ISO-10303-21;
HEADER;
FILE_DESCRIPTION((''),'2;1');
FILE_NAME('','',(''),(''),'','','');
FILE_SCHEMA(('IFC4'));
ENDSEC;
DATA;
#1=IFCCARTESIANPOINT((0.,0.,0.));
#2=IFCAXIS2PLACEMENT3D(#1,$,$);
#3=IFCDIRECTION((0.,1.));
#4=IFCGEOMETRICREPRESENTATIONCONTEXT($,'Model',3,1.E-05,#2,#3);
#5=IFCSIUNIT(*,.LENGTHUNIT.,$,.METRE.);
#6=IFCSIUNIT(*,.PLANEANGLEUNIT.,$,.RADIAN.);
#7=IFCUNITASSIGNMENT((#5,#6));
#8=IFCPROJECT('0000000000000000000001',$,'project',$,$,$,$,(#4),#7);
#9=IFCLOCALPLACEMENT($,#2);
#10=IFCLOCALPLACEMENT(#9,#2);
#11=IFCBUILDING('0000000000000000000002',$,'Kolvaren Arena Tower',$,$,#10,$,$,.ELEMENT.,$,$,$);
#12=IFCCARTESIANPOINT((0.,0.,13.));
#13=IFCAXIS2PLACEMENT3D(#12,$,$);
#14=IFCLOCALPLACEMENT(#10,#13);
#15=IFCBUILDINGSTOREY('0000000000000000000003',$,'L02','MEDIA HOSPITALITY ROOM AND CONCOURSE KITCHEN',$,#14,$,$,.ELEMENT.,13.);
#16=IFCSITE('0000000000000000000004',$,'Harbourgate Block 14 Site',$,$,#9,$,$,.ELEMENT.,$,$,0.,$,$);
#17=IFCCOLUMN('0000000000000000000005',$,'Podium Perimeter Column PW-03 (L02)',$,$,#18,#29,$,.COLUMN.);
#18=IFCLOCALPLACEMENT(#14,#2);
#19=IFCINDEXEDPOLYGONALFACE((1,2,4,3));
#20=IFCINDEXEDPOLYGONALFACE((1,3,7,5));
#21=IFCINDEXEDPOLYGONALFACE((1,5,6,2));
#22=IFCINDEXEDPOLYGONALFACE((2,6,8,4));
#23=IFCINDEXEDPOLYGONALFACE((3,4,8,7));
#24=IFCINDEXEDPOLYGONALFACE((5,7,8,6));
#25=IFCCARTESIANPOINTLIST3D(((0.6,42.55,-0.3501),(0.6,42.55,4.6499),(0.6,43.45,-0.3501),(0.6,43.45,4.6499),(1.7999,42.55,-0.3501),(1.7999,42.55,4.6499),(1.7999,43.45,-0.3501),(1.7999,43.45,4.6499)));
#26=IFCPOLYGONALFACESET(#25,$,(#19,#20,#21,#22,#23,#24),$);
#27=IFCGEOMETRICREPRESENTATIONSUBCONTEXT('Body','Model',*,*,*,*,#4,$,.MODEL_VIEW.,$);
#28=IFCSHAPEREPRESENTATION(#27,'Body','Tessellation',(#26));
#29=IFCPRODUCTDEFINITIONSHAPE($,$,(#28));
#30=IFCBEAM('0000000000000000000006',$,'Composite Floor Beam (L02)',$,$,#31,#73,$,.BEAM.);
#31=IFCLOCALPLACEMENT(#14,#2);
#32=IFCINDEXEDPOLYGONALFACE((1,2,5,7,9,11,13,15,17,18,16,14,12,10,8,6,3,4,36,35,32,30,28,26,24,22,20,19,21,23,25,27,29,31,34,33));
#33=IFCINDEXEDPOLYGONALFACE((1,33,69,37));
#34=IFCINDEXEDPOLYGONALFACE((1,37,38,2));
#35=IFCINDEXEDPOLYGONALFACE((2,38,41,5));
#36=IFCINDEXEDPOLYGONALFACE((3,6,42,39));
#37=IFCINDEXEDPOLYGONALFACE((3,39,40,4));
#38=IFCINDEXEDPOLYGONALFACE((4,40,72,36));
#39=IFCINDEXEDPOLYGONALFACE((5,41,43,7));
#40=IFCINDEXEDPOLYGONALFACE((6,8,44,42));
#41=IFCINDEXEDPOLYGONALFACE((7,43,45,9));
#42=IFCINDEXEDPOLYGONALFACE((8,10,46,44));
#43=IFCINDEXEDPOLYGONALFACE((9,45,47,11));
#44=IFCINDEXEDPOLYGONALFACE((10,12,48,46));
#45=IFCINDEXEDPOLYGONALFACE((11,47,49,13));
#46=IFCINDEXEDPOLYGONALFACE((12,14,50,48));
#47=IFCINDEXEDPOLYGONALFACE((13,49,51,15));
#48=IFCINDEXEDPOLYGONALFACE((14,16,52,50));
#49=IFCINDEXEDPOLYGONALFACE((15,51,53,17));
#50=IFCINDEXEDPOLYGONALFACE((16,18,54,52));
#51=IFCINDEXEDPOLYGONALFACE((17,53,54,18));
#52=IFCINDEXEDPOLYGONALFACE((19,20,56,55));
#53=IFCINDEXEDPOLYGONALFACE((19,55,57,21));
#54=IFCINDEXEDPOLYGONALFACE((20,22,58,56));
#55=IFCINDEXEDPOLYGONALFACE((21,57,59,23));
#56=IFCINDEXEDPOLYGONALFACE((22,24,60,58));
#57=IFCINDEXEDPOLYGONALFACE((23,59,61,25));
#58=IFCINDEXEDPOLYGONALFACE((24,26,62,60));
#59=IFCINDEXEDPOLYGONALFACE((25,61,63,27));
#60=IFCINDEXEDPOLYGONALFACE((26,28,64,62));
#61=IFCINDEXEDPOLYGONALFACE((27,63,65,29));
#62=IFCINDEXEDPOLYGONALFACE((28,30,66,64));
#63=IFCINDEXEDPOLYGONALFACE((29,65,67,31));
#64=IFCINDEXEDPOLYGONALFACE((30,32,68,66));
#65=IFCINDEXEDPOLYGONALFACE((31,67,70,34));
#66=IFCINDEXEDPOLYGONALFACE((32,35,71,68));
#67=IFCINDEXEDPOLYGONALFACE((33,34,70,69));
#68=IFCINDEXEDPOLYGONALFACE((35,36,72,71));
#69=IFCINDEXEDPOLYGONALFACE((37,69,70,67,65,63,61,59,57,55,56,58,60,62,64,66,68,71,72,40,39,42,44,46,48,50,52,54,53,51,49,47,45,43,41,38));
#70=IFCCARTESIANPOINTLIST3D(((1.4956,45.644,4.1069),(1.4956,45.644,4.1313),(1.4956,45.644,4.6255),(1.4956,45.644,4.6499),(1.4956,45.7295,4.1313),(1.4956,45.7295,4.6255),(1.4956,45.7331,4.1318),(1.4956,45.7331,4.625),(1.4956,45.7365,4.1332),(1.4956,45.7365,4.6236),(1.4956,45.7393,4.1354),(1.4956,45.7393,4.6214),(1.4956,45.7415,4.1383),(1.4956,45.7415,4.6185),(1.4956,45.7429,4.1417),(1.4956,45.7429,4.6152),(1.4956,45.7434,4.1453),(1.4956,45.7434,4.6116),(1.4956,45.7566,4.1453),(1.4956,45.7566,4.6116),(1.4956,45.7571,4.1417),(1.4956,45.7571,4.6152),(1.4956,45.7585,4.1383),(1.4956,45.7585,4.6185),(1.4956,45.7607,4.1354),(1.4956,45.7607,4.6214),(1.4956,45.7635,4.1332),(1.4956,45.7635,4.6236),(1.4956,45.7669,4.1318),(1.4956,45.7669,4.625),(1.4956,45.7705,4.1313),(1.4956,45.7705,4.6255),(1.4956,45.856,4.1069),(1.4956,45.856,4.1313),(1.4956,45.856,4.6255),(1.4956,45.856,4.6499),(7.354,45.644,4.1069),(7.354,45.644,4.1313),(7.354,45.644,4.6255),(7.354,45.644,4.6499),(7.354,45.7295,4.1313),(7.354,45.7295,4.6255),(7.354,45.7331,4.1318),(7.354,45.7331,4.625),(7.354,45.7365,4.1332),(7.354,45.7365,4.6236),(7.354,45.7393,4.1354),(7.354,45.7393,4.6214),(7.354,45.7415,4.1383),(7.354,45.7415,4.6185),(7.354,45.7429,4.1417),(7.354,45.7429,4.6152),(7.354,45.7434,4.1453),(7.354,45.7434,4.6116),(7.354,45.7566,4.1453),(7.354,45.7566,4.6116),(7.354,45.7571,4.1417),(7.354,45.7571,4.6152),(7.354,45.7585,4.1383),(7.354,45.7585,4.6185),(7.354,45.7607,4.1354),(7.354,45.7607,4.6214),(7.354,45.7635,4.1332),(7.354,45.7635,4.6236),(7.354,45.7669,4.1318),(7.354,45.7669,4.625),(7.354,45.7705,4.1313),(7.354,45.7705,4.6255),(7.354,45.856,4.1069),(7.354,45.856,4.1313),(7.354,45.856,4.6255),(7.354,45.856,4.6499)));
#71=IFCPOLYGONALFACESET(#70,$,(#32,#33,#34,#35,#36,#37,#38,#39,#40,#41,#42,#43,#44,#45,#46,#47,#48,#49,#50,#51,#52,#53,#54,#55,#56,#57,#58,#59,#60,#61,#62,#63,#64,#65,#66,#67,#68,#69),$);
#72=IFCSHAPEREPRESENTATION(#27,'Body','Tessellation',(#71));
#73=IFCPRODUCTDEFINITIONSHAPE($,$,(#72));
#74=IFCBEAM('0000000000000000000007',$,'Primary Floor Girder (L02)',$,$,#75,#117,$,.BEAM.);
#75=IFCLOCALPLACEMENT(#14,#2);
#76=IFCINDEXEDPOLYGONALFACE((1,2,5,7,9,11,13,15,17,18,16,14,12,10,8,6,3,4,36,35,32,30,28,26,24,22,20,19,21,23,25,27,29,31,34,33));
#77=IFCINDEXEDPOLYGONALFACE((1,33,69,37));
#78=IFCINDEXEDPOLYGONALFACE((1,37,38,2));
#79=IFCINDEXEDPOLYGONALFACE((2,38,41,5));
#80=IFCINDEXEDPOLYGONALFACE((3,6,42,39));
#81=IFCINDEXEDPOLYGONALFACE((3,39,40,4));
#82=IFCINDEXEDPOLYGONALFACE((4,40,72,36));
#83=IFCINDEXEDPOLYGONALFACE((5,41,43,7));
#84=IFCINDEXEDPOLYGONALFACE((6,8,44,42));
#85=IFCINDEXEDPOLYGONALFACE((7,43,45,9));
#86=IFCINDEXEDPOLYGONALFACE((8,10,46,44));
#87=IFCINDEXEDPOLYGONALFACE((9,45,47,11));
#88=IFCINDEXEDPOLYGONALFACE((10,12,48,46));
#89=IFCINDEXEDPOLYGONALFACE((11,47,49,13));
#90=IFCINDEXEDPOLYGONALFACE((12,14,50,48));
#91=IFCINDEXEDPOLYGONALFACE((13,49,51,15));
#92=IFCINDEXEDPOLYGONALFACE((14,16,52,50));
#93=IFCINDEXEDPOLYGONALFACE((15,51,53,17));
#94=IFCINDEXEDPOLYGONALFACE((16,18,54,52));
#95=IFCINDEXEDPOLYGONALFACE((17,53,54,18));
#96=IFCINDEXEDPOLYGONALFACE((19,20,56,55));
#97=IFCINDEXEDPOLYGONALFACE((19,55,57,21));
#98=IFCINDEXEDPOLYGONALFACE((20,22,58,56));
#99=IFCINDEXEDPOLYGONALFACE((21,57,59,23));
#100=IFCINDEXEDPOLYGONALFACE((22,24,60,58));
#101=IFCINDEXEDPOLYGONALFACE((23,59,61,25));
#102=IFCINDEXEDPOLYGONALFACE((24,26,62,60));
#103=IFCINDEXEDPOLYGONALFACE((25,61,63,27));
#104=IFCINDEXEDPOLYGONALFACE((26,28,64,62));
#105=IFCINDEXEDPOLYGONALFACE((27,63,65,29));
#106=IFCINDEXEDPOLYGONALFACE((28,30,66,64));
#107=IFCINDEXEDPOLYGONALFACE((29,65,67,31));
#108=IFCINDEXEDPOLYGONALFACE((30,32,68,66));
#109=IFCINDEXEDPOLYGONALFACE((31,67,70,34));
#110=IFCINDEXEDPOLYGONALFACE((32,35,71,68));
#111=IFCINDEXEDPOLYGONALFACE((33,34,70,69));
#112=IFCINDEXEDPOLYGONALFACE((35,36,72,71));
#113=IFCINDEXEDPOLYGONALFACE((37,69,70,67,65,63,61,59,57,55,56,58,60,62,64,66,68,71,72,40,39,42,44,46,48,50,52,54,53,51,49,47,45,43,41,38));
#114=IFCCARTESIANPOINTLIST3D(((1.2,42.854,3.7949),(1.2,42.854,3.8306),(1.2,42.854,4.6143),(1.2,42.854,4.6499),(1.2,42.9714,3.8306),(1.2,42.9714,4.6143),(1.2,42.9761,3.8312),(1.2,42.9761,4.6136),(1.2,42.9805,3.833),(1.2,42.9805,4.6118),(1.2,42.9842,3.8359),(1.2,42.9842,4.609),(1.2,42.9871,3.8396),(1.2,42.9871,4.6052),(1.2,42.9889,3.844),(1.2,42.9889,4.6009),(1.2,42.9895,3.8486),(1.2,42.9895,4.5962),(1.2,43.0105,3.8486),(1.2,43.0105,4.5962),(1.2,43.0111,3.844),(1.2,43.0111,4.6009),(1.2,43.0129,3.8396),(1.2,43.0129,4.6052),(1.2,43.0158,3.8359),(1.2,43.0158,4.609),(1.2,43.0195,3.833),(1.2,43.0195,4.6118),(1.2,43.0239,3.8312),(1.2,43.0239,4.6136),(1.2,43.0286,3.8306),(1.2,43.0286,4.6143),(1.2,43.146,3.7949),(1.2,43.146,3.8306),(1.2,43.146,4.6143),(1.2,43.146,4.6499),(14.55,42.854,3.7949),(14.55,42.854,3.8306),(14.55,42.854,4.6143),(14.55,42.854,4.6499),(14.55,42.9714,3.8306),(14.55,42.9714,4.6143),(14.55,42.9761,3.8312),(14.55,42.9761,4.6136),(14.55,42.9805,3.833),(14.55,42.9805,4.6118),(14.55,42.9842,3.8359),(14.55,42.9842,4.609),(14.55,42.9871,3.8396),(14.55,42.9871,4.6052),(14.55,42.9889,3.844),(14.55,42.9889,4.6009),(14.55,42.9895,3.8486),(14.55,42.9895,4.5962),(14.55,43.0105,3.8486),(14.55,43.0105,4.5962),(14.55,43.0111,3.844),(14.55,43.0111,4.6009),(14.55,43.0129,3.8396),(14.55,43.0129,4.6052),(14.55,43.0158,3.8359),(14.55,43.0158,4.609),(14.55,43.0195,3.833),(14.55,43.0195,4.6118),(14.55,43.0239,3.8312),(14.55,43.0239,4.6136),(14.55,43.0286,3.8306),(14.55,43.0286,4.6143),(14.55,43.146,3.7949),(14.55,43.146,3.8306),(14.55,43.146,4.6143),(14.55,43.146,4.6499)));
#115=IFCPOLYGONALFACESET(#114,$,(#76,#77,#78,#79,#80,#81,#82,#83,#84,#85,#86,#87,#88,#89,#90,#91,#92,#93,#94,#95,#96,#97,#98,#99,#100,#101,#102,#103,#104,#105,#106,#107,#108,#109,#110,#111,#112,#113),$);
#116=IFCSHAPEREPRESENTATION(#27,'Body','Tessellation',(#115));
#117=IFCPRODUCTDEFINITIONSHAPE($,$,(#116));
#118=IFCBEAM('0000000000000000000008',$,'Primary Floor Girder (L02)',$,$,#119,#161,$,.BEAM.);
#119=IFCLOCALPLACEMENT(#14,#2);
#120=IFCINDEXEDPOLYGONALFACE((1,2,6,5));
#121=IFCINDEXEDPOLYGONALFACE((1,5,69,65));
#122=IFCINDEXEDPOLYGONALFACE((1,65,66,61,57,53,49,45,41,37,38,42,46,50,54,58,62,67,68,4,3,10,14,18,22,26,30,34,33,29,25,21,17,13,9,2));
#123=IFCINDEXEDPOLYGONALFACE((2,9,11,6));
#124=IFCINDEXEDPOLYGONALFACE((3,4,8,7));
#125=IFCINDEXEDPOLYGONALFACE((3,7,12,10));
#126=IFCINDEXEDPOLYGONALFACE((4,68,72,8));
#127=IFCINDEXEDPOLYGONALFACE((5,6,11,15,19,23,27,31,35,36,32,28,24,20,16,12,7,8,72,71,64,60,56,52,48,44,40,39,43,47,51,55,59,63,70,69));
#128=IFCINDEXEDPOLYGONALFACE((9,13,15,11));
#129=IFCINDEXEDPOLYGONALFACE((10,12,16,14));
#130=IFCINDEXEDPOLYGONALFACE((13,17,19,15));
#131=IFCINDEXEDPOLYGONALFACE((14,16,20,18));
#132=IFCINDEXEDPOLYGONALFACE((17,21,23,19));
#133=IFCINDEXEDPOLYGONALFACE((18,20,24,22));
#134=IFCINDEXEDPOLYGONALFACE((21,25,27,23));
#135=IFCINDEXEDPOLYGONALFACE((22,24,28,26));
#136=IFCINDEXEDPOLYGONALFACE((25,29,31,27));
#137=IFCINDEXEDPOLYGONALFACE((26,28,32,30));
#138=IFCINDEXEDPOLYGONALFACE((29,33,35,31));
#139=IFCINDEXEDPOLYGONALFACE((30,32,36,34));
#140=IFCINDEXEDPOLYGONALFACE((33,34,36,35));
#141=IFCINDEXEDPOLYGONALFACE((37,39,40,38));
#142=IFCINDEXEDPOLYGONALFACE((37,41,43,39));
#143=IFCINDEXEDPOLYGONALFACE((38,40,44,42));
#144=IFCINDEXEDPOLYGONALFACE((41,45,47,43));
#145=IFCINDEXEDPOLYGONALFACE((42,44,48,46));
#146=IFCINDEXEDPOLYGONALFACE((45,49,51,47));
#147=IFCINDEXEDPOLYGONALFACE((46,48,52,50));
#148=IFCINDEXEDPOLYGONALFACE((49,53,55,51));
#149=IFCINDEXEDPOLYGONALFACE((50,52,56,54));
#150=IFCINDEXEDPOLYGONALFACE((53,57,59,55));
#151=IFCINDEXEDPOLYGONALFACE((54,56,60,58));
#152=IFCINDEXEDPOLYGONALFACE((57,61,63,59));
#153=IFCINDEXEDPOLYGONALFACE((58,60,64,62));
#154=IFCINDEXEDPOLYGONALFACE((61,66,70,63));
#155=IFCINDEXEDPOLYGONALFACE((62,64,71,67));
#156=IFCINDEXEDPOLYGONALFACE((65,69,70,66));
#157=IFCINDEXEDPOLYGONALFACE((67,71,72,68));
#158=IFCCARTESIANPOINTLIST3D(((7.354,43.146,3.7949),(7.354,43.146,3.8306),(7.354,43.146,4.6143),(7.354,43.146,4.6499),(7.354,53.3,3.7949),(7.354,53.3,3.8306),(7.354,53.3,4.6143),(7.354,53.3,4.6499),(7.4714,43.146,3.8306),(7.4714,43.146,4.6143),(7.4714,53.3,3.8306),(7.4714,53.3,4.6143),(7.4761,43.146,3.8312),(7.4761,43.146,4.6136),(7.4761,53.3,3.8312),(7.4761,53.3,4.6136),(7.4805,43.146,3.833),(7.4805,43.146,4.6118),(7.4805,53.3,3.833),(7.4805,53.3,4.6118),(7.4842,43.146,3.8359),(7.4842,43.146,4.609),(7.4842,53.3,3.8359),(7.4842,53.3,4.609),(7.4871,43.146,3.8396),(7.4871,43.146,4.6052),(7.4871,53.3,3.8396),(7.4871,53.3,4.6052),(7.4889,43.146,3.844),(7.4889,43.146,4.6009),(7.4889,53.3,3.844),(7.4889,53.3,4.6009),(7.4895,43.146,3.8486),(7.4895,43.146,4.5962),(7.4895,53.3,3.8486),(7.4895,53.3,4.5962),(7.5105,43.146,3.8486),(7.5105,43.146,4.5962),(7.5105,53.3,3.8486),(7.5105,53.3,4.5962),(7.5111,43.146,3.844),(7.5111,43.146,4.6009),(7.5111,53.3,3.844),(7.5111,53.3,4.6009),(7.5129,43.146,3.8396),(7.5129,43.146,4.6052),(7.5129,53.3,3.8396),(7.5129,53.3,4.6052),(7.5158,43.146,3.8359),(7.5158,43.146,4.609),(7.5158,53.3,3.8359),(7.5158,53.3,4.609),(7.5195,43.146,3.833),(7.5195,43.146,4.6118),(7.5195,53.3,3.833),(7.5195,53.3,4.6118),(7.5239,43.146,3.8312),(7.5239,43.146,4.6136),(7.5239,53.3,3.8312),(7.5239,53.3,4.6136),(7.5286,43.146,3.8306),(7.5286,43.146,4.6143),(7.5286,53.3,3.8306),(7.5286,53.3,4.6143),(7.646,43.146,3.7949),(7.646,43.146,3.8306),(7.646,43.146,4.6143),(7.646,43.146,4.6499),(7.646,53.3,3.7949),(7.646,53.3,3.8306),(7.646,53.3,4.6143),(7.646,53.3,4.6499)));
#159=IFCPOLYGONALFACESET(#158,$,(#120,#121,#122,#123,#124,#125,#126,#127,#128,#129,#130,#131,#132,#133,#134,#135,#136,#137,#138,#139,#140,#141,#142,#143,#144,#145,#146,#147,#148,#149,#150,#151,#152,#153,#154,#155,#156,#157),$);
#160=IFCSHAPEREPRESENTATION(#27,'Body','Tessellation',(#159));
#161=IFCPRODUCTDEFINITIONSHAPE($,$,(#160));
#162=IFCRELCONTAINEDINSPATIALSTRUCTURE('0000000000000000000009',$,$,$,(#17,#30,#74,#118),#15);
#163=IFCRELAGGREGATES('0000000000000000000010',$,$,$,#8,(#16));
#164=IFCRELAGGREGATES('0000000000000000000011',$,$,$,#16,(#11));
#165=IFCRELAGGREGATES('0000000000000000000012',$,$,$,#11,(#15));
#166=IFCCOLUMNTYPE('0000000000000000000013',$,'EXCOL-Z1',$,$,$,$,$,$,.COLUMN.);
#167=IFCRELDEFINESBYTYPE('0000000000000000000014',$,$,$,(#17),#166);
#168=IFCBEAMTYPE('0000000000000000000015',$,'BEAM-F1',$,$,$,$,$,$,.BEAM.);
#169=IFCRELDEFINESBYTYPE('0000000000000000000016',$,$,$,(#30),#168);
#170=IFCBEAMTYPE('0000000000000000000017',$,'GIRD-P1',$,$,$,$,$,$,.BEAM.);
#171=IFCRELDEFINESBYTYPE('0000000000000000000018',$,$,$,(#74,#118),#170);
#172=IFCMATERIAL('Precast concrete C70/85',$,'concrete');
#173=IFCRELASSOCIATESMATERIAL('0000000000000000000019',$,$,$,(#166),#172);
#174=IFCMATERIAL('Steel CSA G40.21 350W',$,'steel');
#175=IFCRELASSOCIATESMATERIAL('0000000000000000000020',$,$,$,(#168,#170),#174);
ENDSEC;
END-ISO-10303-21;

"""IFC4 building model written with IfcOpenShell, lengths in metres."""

from ifc_helpers import new_model, si_unit, direction, frame, origin, origin_2d, place, context, subcontext, project, spatial, rectangle, i_section, extrude, material, material_profile, profile_set, type_object, element, save


model = new_model("IFC4")

# Units and contexts
model_context = context("Model", 3, precision=1e-05, world=origin(), true_north=direction((0.0, 1.0)))
body_context = subcontext(model_context, "Body", "Model", "MODEL_VIEW")
ifc_project = project(units=[si_unit("LENGTHUNIT", "METRE"), si_unit("PLANEANGLEUNIT", "RADIAN")], contexts=[model_context])

# Site, building, storey
site_placement = place(None, origin())
site = spatial("IfcSite", under=ifc_project, at=site_placement, Name="Harbourgate Block 14 Site", CompositionType="ELEMENT", RefElevation=0.0)
building_placement = place(site_placement, origin())
building = spatial("IfcBuilding", under=site, at=building_placement, Name="Kolvaren Arena Tower", CompositionType="ELEMENT")
storey_placement = place(building_placement, frame((0.0, 0.0, 13.0)))
storey = spatial("IfcBuildingStorey", under=building, at=storey_placement, Name="L02", Description="MEDIA HOSPITALITY ROOM AND CONCOURSE KITCHEN", CompositionType="ELEMENT", Elevation=13.0)

# Column
ifc_material_1 = material(Name="Precast concrete C70/85", Category="concrete")
ifc_material_profile_1 = material_profile(ifc_material_1, rectangle(XDim=1.2, YDim=0.8999, at=origin_2d()), Name="RC-1200x900")
ifc_profile_set_1 = profile_set([ifc_material_profile_1], Name="Precast concrete C70/85")
column_type = type_object("IfcColumnType", Name="EXCOL-Z1", PredefinedType="COLUMN", material=ifc_profile_set_1)
column_placement = place(storey_placement, frame((1.2, 43.0, -0.3501), z_axis=(0.0, 0.0, 1.0), x_axis=(1.0, 0.0, 0.0)))
element("IfcColumn", 1, at=column_placement, inside=storey, type_object=column_type, Name="Podium Perimeter Column PW-03 (L02)", PredefinedType="COLUMN", context=body_context, shape_type="SweptSolid", body=[
    extrude(rectangle(XDim=1.2, YDim=0.8999, at=origin_2d()), origin(), (0.0, 0.0, 1.0), 5.0),
])

# Beams
ifc_material_2 = material(Name="Steel CSA G40.21 350W", Category="steel")
ifc_material_profile_2 = material_profile(ifc_material_2, i_section(OverallWidth=0.2119, OverallDepth=0.543, WebThickness=0.0132, FlangeThickness=0.0244, FilletRadius=0.0139, at=origin_2d()), Name="W530x150")
ifc_profile_set_2 = profile_set([ifc_material_profile_2], Name="Steel CSA G40.21 350W")
beam_type_1 = type_object("IfcBeamType", Name="BEAM-F1", PredefinedType="BEAM", material=ifc_profile_set_2)
beam_1_placement = place(storey_placement, frame((1.4956, 45.75, 4.3784), z_axis=(1.0, 0.0, 0.0), x_axis=(0.0, 1.0, 0.0)))
element("IfcBeam", 2, at=beam_1_placement, inside=storey, type_object=beam_type_1, Name="Composite Floor Beam (L02)", PredefinedType="BEAM", context=body_context, shape_type="SweptSolid", body=[
    extrude(i_section(OverallWidth=0.2119, OverallDepth=0.543, WebThickness=0.0132, FlangeThickness=0.0244, FilletRadius=0.0139, at=origin_2d()), origin(), (0.0, 0.0, 1.0), 5.8584),
])
ifc_material_profile_3 = material_profile(ifc_material_2, i_section(OverallWidth=0.292, OverallDepth=0.855, WebThickness=0.021, FlangeThickness=0.0356, FilletRadius=0.0181, at=origin_2d()), Name="W840x299")
ifc_profile_set_3 = profile_set([ifc_material_profile_3], Name="Steel CSA G40.21 350W")
beam_type_2 = type_object("IfcBeamType", Name="GIRD-P1", PredefinedType="BEAM", material=ifc_profile_set_3)
beam_2_placement = place(storey_placement, frame((1.2, 43.0, 4.2224), z_axis=(1.0, 0.0, 0.0), x_axis=(0.0, 1.0, 0.0)))
element("IfcBeam", 3, at=beam_2_placement, inside=storey, type_object=beam_type_2, Name="Primary Floor Girder (L02)", PredefinedType="BEAM", context=body_context, shape_type="SweptSolid", body=[
    extrude(i_section(OverallWidth=0.292, OverallDepth=0.855, WebThickness=0.021, FlangeThickness=0.0356, FilletRadius=0.0181, at=origin_2d()), origin(), (0.0, 0.0, 1.0), 13.3501),
])
beam_3_placement = place(storey_placement, frame((7.5, 43.146, 4.2224), z_axis=(0.0, 1.0, 0.0), x_axis=(-1.0, 0.0, 0.0)))
element("IfcBeam", 4, at=beam_3_placement, inside=storey, type_object=beam_type_2, Name="Primary Floor Girder (L02)", PredefinedType="BEAM", context=body_context, shape_type="SweptSolid", body=[
    extrude(i_section(OverallWidth=0.292, OverallDepth=0.855, WebThickness=0.021, FlangeThickness=0.0356, FilletRadius=0.0181, at=origin_2d()), origin(), (0.0, 0.0, 1.0), 10.1541),
])

save(model, "model.ifc")
